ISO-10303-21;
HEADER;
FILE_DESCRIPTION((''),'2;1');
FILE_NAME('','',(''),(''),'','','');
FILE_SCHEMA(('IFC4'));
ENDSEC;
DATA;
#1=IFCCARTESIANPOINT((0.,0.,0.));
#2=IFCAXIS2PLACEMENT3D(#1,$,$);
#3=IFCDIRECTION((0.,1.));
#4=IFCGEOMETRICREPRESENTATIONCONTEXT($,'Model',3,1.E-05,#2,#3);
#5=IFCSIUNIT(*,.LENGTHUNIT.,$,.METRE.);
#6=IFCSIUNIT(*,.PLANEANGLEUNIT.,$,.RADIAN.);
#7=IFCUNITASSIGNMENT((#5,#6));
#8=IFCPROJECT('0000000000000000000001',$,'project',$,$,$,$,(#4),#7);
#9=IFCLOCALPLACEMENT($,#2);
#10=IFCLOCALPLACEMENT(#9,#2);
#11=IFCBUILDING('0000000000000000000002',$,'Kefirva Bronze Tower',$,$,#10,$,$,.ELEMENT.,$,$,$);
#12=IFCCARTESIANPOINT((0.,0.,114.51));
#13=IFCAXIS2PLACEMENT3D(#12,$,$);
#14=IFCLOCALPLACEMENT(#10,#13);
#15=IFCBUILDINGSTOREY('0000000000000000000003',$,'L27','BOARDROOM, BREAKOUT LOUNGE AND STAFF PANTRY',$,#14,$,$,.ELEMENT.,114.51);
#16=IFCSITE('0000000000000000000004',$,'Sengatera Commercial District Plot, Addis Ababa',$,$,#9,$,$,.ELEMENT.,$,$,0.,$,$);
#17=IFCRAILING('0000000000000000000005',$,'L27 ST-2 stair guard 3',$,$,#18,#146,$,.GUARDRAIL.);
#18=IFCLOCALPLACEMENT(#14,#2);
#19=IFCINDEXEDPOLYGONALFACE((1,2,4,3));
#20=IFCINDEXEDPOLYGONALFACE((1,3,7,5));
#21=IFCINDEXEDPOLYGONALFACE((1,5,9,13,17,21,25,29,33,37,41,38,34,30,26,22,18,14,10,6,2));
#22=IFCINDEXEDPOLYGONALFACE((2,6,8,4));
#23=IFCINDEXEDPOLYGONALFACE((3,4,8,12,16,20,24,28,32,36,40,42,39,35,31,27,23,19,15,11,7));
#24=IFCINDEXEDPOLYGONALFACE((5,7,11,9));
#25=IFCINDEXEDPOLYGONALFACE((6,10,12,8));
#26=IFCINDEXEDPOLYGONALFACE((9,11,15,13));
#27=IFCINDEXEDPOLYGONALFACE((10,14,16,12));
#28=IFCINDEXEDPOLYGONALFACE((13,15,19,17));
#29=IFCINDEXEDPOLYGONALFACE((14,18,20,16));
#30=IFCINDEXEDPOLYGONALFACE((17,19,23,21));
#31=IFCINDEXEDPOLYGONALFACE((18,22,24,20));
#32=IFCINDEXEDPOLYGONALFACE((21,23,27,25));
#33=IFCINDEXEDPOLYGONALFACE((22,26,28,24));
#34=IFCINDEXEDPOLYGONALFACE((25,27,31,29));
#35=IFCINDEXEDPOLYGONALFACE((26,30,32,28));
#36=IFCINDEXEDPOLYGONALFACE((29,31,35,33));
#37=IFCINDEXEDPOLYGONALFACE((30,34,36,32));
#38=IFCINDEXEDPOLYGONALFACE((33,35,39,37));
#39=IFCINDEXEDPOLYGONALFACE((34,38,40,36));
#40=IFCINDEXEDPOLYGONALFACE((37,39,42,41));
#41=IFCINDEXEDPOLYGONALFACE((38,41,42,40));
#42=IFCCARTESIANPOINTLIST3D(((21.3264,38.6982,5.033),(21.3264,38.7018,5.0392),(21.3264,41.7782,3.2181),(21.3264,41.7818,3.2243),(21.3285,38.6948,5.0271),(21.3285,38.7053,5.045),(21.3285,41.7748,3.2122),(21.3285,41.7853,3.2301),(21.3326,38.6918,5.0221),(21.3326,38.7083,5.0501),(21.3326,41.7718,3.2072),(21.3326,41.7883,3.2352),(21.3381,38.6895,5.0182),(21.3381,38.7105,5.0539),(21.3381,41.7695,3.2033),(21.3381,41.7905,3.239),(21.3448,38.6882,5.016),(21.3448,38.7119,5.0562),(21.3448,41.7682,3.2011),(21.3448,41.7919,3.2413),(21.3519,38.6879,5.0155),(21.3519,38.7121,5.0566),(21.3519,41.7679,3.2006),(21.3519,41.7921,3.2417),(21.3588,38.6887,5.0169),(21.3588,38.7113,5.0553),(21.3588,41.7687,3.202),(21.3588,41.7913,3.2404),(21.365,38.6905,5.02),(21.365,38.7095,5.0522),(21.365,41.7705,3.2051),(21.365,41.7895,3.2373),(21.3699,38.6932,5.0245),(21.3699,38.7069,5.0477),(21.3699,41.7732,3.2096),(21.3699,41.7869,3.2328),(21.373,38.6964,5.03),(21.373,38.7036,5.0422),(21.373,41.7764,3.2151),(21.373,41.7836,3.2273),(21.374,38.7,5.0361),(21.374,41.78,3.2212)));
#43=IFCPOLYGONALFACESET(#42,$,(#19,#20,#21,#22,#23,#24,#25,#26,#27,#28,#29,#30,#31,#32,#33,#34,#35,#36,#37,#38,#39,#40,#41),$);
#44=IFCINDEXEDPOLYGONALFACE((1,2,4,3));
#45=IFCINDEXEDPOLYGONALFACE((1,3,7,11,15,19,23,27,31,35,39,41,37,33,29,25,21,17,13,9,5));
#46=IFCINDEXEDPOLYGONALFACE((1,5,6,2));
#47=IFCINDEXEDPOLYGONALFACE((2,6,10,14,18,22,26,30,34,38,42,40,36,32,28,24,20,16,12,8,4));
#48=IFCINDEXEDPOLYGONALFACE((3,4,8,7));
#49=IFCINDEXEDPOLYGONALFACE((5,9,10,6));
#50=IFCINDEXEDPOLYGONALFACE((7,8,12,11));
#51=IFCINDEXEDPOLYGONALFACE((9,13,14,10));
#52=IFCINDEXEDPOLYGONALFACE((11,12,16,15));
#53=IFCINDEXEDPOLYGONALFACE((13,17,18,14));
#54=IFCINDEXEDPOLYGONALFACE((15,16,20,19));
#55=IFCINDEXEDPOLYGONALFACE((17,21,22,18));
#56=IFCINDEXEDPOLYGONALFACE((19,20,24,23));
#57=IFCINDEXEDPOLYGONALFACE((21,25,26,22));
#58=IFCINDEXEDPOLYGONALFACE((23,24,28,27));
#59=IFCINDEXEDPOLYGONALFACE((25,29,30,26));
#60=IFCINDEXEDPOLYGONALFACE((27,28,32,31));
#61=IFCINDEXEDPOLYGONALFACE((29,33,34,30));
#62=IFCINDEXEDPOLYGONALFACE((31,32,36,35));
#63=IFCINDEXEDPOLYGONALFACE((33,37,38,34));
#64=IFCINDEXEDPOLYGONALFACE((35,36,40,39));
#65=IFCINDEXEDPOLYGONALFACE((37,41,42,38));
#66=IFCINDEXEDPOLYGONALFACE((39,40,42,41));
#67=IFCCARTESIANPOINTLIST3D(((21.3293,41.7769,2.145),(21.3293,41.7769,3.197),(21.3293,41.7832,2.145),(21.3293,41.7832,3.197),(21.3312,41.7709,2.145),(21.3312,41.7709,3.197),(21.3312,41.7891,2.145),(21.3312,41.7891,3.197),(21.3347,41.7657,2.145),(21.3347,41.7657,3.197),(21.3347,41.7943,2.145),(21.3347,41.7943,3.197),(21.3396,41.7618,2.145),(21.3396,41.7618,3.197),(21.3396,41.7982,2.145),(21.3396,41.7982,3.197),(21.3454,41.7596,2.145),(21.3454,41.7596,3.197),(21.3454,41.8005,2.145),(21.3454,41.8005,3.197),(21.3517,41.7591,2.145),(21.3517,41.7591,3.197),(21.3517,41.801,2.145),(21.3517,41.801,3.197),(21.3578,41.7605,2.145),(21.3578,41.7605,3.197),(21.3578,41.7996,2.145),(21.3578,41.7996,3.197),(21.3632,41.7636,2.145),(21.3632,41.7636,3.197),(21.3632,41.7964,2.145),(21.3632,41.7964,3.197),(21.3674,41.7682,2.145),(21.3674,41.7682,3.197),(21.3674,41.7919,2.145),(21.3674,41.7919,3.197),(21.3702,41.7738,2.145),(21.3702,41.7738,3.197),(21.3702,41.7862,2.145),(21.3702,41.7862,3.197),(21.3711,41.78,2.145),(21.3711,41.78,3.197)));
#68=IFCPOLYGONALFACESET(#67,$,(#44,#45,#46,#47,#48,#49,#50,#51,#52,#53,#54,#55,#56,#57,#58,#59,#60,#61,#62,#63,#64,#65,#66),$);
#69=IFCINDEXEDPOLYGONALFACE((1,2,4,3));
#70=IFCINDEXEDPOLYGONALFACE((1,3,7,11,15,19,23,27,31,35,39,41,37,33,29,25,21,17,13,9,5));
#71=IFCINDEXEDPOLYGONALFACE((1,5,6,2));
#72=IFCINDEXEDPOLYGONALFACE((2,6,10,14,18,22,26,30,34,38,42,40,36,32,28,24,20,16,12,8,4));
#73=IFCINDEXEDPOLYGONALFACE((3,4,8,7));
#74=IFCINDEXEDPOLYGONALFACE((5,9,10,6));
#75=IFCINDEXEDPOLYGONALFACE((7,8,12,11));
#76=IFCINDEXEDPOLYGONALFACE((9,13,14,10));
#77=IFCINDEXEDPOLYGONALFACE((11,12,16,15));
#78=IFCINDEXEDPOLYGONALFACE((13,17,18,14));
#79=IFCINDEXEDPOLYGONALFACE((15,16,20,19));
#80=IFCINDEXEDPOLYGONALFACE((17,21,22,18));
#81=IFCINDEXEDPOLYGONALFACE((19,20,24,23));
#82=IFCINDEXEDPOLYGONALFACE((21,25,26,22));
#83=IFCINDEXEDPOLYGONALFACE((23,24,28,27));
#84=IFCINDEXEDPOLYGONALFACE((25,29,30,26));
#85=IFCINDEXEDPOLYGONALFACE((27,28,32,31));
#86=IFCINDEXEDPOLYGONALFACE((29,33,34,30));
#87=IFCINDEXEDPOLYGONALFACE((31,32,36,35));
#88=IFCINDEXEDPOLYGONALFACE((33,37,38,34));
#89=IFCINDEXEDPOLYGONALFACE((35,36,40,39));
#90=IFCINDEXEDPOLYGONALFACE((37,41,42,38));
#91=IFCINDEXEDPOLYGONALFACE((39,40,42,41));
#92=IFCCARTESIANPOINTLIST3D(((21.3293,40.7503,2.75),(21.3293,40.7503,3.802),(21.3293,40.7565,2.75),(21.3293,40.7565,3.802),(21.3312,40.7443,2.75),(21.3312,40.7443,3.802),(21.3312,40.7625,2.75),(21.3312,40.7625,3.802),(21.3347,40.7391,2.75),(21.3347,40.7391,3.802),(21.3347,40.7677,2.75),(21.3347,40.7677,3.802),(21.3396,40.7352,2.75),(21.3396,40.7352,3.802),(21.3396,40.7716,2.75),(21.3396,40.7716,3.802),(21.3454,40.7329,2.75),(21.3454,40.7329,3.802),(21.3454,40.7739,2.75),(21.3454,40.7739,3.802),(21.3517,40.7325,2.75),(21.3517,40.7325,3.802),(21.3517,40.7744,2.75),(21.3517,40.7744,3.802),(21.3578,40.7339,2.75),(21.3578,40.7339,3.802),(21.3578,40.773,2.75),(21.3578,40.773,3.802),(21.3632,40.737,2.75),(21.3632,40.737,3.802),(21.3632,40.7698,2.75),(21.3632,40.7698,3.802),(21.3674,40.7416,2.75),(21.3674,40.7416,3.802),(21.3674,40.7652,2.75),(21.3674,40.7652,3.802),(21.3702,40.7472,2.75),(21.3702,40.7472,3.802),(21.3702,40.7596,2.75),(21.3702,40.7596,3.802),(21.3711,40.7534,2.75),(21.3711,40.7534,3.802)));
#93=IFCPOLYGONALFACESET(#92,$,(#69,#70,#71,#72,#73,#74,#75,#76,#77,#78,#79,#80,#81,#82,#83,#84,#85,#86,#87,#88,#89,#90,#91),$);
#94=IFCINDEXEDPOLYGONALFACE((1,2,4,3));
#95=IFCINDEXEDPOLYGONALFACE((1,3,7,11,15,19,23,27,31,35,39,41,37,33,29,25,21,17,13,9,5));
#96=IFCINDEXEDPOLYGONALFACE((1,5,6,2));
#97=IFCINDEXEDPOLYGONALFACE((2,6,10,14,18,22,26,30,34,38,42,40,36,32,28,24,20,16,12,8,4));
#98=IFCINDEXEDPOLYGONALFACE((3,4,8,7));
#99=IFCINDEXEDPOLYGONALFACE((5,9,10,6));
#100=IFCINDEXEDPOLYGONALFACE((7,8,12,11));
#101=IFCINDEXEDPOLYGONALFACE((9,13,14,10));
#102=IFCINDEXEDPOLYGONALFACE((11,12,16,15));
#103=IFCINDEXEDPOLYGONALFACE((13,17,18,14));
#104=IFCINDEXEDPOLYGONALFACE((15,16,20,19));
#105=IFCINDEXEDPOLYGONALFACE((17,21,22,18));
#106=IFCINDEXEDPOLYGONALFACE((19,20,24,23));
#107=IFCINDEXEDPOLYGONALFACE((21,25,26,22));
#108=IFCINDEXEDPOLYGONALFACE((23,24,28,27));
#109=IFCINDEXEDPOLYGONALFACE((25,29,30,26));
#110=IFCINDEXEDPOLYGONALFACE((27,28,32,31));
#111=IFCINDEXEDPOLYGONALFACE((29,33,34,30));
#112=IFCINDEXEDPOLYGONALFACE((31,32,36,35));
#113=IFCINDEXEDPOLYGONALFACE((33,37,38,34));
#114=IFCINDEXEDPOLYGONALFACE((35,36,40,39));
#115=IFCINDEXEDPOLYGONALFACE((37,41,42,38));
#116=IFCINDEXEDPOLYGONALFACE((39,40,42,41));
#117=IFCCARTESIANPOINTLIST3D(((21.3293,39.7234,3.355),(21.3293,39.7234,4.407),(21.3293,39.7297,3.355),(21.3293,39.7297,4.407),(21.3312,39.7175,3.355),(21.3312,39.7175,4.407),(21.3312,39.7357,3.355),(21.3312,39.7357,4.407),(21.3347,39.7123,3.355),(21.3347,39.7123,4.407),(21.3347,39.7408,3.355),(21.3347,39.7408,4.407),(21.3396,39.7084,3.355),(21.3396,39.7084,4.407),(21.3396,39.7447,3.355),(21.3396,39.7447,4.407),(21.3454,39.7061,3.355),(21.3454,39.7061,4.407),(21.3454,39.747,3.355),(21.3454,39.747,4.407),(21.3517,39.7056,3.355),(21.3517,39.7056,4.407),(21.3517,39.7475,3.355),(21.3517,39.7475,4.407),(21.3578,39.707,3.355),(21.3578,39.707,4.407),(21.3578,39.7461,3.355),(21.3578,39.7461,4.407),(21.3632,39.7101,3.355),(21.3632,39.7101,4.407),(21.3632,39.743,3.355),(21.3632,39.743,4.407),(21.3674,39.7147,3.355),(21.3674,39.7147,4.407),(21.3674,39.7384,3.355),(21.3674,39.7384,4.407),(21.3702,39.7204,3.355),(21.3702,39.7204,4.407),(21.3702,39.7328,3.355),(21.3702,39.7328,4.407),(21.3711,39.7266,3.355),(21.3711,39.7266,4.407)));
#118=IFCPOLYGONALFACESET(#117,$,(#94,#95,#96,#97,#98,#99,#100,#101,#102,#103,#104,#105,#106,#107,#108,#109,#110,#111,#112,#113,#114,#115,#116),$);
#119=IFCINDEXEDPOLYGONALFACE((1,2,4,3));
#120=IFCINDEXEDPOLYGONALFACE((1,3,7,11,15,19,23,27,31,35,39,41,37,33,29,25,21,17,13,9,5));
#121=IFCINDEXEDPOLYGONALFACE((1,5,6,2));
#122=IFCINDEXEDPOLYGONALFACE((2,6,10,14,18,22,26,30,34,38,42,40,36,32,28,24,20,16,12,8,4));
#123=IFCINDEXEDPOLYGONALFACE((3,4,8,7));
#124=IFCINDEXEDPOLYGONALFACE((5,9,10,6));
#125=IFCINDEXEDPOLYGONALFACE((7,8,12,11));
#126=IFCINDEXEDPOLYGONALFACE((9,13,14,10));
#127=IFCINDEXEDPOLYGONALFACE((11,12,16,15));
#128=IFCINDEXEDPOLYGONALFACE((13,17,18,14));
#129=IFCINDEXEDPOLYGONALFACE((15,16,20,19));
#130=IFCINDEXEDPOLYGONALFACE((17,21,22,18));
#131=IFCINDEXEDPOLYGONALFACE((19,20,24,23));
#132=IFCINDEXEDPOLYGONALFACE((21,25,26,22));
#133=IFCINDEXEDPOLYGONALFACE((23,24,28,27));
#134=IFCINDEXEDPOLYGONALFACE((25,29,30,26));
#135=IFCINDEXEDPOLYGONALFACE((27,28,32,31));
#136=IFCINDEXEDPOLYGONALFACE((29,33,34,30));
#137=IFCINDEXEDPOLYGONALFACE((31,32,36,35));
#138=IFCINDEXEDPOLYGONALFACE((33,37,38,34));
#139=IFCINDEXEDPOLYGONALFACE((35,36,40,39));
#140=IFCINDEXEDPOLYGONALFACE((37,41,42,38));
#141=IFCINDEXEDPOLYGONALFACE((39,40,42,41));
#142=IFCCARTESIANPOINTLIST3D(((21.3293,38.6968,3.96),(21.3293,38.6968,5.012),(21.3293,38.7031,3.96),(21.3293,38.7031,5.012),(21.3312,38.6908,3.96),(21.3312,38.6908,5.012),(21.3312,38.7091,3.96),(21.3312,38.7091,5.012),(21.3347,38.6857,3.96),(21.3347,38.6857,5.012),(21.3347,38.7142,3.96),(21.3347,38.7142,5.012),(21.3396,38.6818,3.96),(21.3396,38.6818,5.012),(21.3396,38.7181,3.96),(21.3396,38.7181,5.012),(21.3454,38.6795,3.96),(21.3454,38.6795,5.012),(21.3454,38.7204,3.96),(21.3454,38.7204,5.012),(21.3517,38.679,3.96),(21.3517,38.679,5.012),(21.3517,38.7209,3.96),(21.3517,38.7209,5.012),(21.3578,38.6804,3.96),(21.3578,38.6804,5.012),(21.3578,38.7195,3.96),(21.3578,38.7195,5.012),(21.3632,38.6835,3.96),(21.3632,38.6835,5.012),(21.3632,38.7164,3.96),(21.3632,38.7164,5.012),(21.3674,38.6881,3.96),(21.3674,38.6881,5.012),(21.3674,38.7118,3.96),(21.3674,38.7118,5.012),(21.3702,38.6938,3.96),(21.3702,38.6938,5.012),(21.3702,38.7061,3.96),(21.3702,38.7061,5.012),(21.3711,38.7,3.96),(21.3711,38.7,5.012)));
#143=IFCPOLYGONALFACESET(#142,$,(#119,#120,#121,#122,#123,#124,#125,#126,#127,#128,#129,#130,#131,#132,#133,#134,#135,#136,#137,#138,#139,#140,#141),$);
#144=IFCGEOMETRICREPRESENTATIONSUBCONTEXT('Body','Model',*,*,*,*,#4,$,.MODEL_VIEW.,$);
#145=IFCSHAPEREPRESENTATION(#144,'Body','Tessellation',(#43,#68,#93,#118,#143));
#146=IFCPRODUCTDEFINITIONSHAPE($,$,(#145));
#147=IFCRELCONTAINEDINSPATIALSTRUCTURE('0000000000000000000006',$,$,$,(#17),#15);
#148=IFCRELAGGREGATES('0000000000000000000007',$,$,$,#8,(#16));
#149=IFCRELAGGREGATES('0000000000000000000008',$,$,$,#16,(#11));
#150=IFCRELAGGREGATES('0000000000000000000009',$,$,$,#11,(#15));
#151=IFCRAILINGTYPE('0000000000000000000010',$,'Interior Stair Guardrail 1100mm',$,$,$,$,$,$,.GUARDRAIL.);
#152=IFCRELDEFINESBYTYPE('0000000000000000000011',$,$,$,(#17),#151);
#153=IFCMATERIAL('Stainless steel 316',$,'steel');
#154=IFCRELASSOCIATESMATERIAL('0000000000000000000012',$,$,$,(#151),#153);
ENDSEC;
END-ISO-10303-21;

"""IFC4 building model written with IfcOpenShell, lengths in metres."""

from ifc_helpers import new_model, si_unit, direction, frame, origin, origin_2d, place, context, subcontext, project, spatial, circle, extrude, material, type_object, element, save


model = new_model("IFC4")

# Units and contexts
model_context = context("Model", 3, precision=1e-05, world=origin(), true_north=direction((0.0, 1.0)))
body_context = subcontext(model_context, "Body", "Model", "MODEL_VIEW")
ifc_project = project(units=[si_unit("LENGTHUNIT", "METRE"), si_unit("PLANEANGLEUNIT", "RADIAN")], contexts=[model_context])

# Site, building, storey
site_placement = place(None, origin())
site = spatial("IfcSite", under=ifc_project, at=site_placement, Name="Sengatera Commercial District Plot, Addis Ababa", CompositionType="ELEMENT", RefElevation=0.0)
building_placement = place(site_placement, origin())
building = spatial("IfcBuilding", under=site, at=building_placement, Name="Kefirva Bronze Tower", CompositionType="ELEMENT")
storey_placement = place(building_placement, frame((0.0, 0.0, 114.51)))
storey = spatial("IfcBuildingStorey", under=building, at=storey_placement, Name="L27", Description="BOARDROOM, BREAKOUT LOUNGE AND STAFF PANTRY", CompositionType="ELEMENT", Elevation=114.51)

# Railing
ifc_material_1 = material(Name="Stainless steel 316", Category="steel")
railing_type_1 = type_object("IfcRailingType", Name="Interior Stair Guardrail 1100mm", PredefinedType="GUARDRAIL", material=ifc_material_1)
railing_1_placement = place(storey_placement, frame((21.3501, 41.78, 2.145)))
element("IfcRailing", 1, at=railing_1_placement, inside=storey, type_object=railing_type_1, Name="L27 ST-2 stair guard 3", PredefinedType="GUARDRAIL", context=body_context, shape_type="SweptSolid", body=[
    extrude(circle(Radius=0.0239, at=origin_2d()), frame((0.0, 0.0, 1.0762), z_axis=(0.0, -0.861551, 0.507671), x_axis=(1.0, 0.0, 0.0)), (0.0, 0.0, 1.0), 3.575),
    extrude(circle(Radius=0.021, at=origin_2d()), origin(), (0.0, 0.0, 1.0), 1.052),
    extrude(circle(Radius=0.021, at=origin_2d()), frame((0.0, -1.0266, 0.605)), (0.0, 0.0, 1.0), 1.052),
    extrude(circle(Radius=0.021, at=origin_2d()), frame((0.0, -2.0535, 1.21)), (0.0, 0.0, 1.0), 1.052),
    extrude(circle(Radius=0.021, at=origin_2d()), frame((0.0, -3.0801, 1.8149)), (0.0, 0.0, 1.0), 1.052),
])

save(model, "model.ifc")
